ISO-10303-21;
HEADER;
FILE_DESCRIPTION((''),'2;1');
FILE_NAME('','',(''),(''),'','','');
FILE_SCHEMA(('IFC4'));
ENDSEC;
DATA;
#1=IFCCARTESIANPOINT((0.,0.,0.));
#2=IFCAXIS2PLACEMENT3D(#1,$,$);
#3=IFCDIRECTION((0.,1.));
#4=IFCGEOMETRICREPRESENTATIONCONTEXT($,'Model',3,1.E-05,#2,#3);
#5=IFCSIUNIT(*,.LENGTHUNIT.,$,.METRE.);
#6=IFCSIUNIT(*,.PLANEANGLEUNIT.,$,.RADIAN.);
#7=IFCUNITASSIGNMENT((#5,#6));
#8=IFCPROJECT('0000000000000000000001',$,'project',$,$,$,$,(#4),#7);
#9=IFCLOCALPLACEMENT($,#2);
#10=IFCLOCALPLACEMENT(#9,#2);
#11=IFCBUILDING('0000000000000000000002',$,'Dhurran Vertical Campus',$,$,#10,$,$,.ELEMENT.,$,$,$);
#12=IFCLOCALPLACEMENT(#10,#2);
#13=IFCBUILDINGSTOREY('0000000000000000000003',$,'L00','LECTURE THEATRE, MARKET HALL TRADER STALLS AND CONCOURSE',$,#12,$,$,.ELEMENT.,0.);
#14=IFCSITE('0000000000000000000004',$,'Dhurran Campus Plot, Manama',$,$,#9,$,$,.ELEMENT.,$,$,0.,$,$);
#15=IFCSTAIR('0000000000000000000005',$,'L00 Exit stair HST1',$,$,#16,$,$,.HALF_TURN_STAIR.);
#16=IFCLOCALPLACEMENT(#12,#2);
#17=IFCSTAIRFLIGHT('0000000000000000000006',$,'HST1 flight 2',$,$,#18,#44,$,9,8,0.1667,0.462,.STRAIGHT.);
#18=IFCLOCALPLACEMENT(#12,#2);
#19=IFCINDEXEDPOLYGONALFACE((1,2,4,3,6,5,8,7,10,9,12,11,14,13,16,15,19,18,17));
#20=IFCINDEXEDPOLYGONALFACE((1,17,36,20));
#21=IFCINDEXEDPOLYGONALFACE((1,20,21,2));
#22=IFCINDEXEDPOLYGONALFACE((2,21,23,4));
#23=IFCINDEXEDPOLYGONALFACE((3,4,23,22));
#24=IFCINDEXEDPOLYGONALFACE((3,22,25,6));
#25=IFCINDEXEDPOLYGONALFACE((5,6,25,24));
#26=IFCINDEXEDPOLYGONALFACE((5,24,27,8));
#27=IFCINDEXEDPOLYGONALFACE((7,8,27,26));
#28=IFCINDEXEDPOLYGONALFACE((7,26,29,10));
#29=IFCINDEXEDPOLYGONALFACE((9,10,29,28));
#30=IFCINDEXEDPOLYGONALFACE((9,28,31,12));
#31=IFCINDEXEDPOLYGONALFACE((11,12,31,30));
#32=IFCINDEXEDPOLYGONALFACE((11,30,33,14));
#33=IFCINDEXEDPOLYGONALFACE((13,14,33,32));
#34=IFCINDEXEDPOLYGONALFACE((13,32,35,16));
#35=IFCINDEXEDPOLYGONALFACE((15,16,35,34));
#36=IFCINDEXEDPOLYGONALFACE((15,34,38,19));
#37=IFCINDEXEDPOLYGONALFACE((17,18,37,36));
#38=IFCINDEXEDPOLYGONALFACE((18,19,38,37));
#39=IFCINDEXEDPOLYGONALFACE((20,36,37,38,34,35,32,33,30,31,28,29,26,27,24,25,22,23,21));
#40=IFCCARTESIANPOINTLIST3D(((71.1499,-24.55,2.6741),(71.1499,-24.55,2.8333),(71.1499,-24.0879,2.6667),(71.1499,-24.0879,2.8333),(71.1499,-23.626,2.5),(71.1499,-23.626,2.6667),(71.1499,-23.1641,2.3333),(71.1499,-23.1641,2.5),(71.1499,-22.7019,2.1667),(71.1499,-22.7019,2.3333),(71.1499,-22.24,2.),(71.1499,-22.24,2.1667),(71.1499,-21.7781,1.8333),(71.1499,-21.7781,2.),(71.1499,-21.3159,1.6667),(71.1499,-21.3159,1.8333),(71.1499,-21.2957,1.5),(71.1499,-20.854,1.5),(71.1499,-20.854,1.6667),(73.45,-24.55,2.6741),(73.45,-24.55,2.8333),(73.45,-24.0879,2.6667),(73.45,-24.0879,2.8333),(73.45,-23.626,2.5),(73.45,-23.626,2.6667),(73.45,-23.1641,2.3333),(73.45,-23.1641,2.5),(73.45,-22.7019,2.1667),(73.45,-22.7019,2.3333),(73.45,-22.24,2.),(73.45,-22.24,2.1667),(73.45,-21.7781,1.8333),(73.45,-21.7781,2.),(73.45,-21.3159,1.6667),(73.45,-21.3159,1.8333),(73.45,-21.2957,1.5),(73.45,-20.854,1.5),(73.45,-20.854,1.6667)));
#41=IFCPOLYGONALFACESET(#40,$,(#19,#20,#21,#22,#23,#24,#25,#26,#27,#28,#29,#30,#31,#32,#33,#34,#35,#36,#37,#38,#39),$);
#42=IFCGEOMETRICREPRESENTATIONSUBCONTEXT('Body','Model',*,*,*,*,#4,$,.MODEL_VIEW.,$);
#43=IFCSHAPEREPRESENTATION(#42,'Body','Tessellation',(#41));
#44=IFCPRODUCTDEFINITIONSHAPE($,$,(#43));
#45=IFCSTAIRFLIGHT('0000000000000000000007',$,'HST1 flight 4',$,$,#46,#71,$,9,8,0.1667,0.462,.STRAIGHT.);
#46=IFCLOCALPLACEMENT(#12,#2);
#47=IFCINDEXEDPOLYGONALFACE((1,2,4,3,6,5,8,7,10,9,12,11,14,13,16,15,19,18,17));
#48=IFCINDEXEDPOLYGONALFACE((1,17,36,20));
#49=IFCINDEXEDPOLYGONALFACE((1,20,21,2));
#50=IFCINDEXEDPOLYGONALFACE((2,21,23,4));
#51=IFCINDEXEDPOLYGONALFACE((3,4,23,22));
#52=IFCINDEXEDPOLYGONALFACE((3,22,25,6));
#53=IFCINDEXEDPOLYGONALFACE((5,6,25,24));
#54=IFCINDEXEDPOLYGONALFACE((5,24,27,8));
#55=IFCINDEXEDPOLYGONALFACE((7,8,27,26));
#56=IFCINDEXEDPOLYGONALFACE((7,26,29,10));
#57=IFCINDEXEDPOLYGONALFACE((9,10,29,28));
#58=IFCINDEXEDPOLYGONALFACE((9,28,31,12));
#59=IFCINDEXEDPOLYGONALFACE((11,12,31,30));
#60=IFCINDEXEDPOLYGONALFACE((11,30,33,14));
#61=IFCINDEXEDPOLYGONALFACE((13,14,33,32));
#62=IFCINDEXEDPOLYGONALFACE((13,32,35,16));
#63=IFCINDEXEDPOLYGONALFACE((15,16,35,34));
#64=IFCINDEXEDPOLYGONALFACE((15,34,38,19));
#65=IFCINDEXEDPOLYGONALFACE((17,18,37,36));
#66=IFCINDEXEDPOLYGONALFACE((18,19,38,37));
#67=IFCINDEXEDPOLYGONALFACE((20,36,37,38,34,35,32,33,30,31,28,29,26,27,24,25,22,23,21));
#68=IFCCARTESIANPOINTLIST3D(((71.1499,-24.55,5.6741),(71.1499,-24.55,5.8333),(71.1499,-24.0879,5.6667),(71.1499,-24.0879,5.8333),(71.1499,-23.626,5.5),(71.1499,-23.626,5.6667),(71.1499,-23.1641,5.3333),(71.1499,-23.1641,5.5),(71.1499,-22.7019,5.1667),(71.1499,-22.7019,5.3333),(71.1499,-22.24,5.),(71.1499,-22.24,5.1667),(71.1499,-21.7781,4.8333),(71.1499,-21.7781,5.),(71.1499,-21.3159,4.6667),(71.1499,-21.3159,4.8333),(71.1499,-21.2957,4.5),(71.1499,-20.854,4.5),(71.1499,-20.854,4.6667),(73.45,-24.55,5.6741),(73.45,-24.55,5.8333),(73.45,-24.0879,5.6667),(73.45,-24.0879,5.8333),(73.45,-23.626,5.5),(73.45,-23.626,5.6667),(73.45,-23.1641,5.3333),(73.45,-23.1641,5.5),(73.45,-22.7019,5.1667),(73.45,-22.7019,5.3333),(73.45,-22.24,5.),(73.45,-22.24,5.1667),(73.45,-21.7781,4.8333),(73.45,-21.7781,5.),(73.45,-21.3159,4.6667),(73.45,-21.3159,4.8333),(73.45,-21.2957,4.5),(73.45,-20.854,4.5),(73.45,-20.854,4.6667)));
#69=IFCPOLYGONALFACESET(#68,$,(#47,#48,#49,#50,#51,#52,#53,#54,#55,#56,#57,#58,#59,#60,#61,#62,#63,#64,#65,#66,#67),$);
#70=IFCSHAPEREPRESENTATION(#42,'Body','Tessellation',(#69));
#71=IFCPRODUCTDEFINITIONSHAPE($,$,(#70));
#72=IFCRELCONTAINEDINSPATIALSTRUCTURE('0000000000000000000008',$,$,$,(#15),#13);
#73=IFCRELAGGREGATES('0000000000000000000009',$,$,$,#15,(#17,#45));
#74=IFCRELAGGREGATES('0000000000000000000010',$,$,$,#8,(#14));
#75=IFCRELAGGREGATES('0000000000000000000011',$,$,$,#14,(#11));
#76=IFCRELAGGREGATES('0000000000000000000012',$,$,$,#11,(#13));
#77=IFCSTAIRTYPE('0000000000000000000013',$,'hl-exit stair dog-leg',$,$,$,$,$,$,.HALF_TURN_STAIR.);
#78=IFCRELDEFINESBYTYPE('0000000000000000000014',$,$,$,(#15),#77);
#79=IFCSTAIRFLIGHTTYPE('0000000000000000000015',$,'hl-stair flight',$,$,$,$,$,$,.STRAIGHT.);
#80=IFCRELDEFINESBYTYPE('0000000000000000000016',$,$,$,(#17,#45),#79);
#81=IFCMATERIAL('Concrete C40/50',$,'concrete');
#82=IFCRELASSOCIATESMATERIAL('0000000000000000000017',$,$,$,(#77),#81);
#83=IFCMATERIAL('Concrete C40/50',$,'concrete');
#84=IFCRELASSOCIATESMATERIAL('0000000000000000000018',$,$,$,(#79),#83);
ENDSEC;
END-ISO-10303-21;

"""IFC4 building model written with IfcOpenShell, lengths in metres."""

from ifc_helpers import new_model, si_unit, direction, frame, origin, place, context, subcontext, project, spatial, polyline, outline, extrude, material, type_object, element, aggregate, save


model = new_model("IFC4")

# Units and contexts
model_context = context("Model", 3, precision=1e-05, world=origin(), true_north=direction((0.0, 1.0)))
body_context = subcontext(model_context, "Body", "Model", "MODEL_VIEW")
ifc_project = project(units=[si_unit("LENGTHUNIT", "METRE"), si_unit("PLANEANGLEUNIT", "RADIAN")], contexts=[model_context])

# Site, building, storey
site_placement = place(None, origin())
site = spatial("IfcSite", under=ifc_project, at=site_placement, Name="Dhurran Campus Plot, Manama", CompositionType="ELEMENT", RefElevation=0.0)
building_placement = place(site_placement, origin())
building = spatial("IfcBuilding", under=site, at=building_placement, Name="Dhurran Vertical Campus", CompositionType="ELEMENT")
storey_placement = place(building_placement, origin())
storey = spatial("IfcBuildingStorey", under=building, at=storey_placement, Name="L00", Description="LECTURE THEATRE, MARKET HALL TRADER STALLS AND CONCOURSE", CompositionType="ELEMENT", Elevation=0.0)

# Stair, stair flights
ifc_material_1 = material(Name="Concrete C40/50", Category="concrete")
stair_type = type_object("IfcStairType", Name="hl-exit stair dog-leg", PredefinedType="HALF_TURN_STAIR", material=ifc_material_1)
stair_placement = place(storey_placement, origin())
stair = element("IfcStair", 1, at=stair_placement, inside=storey, type_object=stair_type, Name="L00 Exit stair HST1", PredefinedType="HALF_TURN_STAIR")
ifc_material_2 = material(Name="Concrete C40/50", Category="concrete")
stair_flight_type = type_object("IfcStairFlightType", Name="hl-stair flight", PredefinedType="STRAIGHT", material=ifc_material_2)
stair_flight_1_placement = place(storey_placement, frame((72.3, -20.854, 1.5), z_axis=(0.0, 0.0, 1.0), x_axis=(0.0, -1.0, 0.0)))
stair_flight_1 = element("IfcStairFlight", 2, at=stair_flight_1_placement, type_object=stair_flight_type, Name="HST1 flight 2", NumberOfRisers=9, NumberOfTreads=8, PredefinedType="STRAIGHT", RiserHeight=0.1667, TreadLength=0.462, context=body_context, shape_type="SweptSolid", body=[
    extrude(outline(polyline([(0.0, 0.0), (0.0, 0.1667), (0.4619, 0.1667), (0.4619, 0.3333), (0.9241, 0.3333), (0.9241, 0.5), (1.386, 0.5), (1.386, 0.6667), (1.8479, 0.6667), (1.8479, 0.8333), (2.3101, 0.8333), (2.3101, 1.0), (2.772, 1.0), (2.772, 1.1667), (3.2339, 1.1667), (3.2339, 1.3333), (3.696, 1.3333), (3.696, 1.5), (3.696, 1.1741), (0.4417, 0.0), (0.0, 0.0)])), frame((0.0, 1.1499, 0.0), z_axis=(0.0, -1.0, 0.0), x_axis=(1.0, 0.0, 0.0)), (0.0, 0.0, 1.0), 2.3),
])
stair_flight_2_placement = place(storey_placement, frame((72.3, -20.854, 4.5), z_axis=(0.0, 0.0, 1.0), x_axis=(0.0, -1.0, 0.0)))
stair_flight_2 = element("IfcStairFlight", 3, at=stair_flight_2_placement, type_object=stair_flight_type, Name="HST1 flight 4", NumberOfRisers=9, NumberOfTreads=8, PredefinedType="STRAIGHT", RiserHeight=0.1667, TreadLength=0.462, context=body_context, shape_type="SweptSolid", body=[
    extrude(outline(polyline([(0.0, 0.0), (0.0, 0.1667), (0.4619, 0.1667), (0.4619, 0.3333), (0.9241, 0.3333), (0.9241, 0.5), (1.386, 0.5), (1.386, 0.6667), (1.8479, 0.6667), (1.8479, 0.8333), (2.3101, 0.8333), (2.3101, 1.0), (2.772, 1.0), (2.772, 1.1667), (3.2339, 1.1667), (3.2339, 1.3333), (3.696, 1.3333), (3.696, 1.5), (3.696, 1.1741), (0.4417, 0.0), (0.0, 0.0)])), frame((0.0, 1.1499, 0.0), z_axis=(0.0, -1.0, 0.0), x_axis=(1.0, 0.0, 0.0)), (0.0, 0.0, 1.0), 2.3),
])
aggregate(stair, [stair_flight_1, stair_flight_2])

save(model, "model.ifc")
